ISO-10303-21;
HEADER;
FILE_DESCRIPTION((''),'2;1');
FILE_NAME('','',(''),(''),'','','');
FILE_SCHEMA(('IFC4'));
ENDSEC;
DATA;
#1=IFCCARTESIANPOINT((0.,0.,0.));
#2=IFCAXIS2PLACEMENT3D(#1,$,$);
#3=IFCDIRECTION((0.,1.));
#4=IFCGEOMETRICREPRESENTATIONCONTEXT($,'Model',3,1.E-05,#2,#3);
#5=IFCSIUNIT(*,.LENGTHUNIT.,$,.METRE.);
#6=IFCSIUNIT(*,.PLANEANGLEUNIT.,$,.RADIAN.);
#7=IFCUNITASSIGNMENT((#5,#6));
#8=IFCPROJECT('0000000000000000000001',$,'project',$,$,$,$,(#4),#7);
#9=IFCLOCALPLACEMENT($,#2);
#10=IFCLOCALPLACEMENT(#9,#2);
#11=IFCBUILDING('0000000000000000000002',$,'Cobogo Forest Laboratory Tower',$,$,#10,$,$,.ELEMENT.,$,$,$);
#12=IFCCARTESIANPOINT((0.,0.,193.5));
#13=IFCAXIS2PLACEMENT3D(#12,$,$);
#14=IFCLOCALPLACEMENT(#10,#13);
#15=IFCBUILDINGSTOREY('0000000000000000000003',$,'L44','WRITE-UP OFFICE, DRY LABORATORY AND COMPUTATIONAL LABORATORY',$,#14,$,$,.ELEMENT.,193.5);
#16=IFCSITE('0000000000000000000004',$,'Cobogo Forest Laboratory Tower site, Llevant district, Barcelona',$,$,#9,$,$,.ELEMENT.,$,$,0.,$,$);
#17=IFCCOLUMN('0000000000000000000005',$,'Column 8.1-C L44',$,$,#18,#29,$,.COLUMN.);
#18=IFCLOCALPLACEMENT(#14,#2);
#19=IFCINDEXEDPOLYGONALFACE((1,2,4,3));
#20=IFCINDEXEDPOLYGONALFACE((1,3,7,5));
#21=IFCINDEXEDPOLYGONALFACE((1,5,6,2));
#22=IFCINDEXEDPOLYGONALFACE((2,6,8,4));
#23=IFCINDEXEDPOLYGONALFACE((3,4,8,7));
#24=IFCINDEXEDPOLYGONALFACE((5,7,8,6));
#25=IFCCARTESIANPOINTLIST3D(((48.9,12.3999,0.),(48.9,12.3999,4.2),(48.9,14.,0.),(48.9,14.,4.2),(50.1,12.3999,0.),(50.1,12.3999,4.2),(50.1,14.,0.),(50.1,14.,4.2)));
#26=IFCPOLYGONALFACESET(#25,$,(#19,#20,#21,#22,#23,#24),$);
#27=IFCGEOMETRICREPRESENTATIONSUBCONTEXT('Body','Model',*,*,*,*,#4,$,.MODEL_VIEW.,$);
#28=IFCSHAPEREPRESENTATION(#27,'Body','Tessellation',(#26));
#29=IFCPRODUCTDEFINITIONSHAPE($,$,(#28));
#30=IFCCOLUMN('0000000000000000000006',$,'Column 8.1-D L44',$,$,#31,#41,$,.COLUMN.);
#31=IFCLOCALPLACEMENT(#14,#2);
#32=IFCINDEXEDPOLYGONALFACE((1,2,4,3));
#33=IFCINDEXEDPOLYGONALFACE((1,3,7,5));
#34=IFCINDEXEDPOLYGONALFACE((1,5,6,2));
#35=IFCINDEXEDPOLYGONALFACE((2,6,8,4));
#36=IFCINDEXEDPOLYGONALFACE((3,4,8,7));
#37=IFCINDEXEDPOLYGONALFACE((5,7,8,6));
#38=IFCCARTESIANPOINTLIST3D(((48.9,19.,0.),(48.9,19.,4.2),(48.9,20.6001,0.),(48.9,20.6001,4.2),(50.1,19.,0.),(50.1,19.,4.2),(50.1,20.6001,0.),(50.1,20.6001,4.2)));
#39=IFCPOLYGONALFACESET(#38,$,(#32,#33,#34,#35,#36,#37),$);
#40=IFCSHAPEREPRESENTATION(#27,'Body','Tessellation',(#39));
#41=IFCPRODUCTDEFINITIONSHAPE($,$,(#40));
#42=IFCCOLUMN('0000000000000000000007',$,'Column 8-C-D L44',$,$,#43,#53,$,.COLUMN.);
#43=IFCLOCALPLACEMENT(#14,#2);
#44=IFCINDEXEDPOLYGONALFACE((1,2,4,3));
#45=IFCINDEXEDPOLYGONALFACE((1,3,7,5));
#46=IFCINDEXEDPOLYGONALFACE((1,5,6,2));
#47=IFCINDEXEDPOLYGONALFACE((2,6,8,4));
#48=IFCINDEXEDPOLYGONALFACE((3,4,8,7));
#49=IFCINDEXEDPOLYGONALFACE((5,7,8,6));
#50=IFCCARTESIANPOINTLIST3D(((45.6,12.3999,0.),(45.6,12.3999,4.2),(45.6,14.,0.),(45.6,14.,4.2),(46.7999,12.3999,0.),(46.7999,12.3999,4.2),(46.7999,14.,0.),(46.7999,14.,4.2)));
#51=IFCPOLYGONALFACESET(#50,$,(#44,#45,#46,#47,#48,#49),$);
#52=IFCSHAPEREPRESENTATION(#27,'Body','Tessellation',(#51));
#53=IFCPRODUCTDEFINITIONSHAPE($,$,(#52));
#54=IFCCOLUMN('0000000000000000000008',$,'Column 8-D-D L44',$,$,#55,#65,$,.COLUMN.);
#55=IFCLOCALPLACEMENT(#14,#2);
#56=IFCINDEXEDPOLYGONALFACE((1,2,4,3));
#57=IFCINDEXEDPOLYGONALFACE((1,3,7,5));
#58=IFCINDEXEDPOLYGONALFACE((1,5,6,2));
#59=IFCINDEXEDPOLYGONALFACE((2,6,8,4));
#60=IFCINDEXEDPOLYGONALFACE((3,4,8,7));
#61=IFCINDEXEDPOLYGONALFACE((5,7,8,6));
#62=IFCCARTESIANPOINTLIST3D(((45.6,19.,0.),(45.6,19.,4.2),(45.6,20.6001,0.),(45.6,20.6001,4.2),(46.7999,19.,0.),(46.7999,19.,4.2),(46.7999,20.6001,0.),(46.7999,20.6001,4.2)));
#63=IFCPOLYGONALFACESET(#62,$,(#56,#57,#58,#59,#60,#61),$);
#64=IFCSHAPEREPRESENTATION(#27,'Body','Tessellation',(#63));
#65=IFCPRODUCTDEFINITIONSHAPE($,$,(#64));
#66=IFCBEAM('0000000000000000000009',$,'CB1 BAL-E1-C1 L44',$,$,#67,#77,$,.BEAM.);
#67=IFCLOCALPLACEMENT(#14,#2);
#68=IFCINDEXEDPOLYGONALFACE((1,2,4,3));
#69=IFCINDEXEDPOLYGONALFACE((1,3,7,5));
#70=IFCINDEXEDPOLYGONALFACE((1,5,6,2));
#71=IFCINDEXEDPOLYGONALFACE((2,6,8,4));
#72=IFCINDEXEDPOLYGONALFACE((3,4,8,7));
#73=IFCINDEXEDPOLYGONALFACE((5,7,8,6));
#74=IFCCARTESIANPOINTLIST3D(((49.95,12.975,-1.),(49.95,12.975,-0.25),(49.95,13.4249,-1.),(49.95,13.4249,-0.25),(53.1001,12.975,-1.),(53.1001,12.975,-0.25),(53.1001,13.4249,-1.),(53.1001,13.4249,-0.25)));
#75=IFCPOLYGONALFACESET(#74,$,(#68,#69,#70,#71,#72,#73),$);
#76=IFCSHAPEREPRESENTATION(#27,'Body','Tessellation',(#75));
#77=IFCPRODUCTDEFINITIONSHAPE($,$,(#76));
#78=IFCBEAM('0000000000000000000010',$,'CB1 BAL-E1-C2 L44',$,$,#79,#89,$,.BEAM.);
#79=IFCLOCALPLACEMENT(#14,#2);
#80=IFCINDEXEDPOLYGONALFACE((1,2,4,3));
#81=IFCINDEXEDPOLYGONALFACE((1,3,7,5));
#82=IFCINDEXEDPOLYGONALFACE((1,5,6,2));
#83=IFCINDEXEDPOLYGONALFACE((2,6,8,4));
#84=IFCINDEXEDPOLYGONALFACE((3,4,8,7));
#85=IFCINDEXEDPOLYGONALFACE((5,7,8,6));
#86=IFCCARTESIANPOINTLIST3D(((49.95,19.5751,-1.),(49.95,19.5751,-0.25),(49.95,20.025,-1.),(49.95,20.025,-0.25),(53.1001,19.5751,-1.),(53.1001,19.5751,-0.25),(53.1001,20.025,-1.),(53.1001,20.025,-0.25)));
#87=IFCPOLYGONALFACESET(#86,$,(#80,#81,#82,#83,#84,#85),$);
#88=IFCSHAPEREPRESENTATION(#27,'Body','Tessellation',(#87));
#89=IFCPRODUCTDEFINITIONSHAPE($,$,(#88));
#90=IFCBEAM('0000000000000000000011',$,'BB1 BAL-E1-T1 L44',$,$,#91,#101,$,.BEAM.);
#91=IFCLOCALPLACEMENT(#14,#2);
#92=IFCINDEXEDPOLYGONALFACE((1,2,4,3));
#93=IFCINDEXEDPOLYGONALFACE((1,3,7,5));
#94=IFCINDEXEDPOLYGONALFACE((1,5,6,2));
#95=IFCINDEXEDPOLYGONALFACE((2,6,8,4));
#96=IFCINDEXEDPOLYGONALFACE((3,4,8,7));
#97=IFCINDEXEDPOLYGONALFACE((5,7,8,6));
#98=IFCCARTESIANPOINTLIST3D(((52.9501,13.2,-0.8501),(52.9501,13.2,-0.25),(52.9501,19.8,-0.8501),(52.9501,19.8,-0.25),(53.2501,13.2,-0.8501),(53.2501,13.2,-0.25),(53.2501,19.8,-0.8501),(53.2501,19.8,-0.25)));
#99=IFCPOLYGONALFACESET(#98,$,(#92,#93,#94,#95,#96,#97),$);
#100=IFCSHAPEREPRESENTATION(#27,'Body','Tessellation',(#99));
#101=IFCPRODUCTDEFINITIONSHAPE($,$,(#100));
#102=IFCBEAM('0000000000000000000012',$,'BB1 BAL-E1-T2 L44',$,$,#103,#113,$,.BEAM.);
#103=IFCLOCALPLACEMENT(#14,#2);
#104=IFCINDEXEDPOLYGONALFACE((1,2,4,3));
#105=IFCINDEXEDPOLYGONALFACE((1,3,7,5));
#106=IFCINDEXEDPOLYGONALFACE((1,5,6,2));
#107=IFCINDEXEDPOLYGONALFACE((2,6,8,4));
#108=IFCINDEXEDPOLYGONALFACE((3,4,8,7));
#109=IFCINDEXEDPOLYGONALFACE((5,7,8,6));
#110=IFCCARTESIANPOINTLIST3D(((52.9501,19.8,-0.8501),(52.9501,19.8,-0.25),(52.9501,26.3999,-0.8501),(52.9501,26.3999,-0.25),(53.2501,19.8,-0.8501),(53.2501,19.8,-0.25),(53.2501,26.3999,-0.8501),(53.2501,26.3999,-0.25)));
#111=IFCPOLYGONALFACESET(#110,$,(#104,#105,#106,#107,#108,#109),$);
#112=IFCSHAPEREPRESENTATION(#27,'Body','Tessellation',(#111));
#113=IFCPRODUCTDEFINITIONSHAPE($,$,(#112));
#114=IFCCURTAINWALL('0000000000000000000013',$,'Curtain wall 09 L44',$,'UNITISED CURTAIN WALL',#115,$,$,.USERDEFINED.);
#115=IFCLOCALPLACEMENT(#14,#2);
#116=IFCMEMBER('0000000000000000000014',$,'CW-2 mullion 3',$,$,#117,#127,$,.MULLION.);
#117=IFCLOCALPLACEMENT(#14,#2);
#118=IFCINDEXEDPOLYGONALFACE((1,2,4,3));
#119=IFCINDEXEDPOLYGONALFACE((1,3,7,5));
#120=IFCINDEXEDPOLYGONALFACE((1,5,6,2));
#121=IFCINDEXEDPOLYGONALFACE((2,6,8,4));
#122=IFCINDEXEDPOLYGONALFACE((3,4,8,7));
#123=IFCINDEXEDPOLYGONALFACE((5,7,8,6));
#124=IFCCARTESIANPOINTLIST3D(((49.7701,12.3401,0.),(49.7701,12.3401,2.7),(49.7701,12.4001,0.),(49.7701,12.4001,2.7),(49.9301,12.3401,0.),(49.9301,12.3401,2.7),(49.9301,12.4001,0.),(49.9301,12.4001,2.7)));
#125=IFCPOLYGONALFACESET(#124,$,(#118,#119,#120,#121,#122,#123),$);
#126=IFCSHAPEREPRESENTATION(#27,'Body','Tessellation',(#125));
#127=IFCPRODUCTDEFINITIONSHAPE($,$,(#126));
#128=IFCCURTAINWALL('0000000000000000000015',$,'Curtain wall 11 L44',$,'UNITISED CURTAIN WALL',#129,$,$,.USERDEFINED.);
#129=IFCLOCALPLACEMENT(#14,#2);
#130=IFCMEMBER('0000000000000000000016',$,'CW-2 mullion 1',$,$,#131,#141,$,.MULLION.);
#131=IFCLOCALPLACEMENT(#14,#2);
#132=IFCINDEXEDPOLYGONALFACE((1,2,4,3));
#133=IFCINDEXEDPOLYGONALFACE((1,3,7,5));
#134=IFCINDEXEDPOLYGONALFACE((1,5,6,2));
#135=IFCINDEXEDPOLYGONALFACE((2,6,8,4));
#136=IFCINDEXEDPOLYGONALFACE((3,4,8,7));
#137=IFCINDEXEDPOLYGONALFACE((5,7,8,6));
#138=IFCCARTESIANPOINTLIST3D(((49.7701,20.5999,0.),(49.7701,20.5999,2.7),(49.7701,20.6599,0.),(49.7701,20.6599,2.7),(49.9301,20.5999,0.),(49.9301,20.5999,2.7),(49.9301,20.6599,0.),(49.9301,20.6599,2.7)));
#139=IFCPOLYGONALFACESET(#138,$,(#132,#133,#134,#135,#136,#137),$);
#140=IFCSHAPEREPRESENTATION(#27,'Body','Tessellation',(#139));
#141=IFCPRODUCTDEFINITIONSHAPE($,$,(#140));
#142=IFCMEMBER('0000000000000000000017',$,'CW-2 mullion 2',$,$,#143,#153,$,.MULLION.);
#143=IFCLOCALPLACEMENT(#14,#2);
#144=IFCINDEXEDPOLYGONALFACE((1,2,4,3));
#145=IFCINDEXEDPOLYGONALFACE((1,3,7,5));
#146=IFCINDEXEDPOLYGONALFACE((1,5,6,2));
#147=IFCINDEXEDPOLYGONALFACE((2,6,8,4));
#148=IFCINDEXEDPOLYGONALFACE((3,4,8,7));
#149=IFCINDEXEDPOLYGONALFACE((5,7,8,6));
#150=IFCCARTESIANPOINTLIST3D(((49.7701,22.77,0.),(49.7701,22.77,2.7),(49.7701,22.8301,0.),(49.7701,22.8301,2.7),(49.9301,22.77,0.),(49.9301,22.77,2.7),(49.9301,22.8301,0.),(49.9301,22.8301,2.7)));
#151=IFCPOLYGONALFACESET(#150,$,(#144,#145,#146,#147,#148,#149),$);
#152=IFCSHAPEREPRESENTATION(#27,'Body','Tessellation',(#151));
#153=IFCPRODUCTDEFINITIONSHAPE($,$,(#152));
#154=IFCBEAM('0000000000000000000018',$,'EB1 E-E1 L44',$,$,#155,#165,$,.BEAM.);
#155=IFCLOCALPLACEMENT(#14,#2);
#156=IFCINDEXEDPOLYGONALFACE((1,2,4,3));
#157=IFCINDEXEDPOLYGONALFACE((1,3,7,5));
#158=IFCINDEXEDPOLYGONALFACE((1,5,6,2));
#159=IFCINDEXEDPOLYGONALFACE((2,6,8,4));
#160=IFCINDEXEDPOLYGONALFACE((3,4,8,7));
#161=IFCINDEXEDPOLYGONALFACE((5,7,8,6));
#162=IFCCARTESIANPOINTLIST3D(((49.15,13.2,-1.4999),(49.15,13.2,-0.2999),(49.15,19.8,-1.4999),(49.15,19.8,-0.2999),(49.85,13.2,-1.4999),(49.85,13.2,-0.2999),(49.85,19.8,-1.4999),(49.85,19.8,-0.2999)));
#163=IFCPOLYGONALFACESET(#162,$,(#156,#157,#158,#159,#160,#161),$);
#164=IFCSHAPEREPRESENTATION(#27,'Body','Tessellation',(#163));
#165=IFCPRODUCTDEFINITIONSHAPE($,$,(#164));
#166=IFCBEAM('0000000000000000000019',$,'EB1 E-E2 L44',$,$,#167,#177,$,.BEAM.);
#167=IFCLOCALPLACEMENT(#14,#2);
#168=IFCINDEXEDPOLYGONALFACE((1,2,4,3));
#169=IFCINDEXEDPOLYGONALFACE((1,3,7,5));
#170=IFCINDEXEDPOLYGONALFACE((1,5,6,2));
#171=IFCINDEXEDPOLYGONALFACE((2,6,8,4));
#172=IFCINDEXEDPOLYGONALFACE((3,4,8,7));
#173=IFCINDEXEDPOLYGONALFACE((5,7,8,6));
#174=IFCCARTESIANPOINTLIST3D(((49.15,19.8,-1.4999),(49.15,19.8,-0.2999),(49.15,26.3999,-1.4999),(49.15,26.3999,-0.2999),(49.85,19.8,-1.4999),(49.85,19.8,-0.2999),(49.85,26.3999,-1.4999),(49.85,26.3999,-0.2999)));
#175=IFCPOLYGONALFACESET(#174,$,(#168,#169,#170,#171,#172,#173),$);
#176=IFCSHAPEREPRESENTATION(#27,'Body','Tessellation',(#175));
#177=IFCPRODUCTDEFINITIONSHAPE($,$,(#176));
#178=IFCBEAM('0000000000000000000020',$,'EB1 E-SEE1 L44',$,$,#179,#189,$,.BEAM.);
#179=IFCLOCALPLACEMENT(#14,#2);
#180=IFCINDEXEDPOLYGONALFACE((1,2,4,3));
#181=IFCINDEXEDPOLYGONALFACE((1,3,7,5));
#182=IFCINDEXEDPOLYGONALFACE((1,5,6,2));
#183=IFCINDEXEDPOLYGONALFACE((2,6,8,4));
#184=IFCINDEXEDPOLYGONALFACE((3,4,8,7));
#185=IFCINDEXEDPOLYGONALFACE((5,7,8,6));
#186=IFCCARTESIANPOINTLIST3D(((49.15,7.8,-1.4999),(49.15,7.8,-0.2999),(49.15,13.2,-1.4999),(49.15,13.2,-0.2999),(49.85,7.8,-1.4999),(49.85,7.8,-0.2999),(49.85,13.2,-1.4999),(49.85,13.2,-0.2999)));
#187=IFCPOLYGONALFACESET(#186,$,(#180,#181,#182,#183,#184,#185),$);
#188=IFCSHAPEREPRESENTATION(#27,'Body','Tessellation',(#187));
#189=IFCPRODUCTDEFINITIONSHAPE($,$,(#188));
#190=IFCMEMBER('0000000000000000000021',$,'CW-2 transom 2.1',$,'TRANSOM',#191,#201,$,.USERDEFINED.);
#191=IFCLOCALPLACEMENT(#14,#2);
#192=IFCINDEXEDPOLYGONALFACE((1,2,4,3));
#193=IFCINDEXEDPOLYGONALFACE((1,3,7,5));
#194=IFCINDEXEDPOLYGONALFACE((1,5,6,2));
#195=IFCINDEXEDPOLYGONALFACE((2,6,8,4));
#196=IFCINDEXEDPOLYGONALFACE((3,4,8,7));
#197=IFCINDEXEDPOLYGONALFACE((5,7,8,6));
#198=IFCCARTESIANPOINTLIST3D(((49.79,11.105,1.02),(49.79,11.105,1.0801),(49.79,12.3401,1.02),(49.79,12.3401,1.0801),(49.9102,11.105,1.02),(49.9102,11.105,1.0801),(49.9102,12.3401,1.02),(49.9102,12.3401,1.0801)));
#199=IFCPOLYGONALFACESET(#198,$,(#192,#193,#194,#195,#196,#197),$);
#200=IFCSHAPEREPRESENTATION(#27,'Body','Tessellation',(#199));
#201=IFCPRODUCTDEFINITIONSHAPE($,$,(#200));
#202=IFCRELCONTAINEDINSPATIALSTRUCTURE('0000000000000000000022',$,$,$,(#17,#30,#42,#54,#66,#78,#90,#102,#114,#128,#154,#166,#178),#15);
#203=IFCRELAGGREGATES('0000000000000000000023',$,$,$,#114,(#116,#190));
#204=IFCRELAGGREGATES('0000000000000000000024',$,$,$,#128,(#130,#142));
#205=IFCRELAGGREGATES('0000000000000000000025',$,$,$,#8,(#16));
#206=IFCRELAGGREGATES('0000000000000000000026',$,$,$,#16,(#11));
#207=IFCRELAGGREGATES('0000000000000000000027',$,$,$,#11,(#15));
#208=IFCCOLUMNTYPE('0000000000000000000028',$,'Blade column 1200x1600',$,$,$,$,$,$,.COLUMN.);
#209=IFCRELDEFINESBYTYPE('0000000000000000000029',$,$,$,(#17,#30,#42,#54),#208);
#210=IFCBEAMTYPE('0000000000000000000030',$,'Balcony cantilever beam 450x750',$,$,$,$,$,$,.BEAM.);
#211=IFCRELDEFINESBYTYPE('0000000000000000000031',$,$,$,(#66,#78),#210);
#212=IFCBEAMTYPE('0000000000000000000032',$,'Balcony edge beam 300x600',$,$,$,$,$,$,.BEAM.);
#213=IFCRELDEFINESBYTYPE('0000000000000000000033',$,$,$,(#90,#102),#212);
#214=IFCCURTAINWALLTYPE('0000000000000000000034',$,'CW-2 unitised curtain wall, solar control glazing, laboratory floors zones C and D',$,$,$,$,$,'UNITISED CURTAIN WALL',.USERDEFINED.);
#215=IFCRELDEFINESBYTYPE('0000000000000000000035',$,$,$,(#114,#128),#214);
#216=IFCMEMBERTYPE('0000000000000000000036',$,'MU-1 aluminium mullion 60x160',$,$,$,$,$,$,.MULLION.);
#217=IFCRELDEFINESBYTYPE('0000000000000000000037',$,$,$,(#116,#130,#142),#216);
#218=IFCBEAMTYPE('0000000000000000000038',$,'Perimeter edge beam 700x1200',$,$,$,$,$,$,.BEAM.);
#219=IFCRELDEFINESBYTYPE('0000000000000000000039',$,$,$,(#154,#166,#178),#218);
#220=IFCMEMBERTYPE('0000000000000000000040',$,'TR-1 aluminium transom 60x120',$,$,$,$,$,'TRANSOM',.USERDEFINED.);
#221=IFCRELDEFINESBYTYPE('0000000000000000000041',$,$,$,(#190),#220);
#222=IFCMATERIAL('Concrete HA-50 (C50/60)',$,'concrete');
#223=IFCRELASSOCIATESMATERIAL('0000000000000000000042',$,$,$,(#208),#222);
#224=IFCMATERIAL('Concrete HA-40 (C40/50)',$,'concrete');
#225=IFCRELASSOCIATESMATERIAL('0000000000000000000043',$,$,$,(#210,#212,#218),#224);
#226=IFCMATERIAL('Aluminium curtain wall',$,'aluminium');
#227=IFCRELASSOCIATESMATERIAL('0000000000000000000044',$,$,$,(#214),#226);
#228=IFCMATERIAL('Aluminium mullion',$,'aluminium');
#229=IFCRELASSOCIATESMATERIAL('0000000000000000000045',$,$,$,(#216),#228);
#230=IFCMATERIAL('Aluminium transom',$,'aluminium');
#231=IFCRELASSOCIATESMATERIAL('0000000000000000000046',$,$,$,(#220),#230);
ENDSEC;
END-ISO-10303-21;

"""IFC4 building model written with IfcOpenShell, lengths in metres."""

from ifc_helpers import new_model, si_unit, direction, frame, origin, origin_2d, place, context, subcontext, project, spatial, rectangle, extrude, material, material_profile, profile_set, type_object, element, aggregate, save


model = new_model("IFC4")

# Units and contexts
model_context = context("Model", 3, precision=1e-05, world=origin(), true_north=direction((0.0, 1.0)))
body_context = subcontext(model_context, "Body", "Model", "MODEL_VIEW")
ifc_project = project(units=[si_unit("LENGTHUNIT", "METRE"), si_unit("PLANEANGLEUNIT", "RADIAN")], contexts=[model_context])

# Site, building, storey
site_placement = place(None, origin())
site = spatial("IfcSite", under=ifc_project, at=site_placement, Name="Cobogo Forest Laboratory Tower site, Llevant district, Barcelona", CompositionType="ELEMENT", RefElevation=0.0)
building_placement = place(site_placement, origin())
building = spatial("IfcBuilding", under=site, at=building_placement, Name="Cobogo Forest Laboratory Tower", CompositionType="ELEMENT")
storey_placement = place(building_placement, frame((0.0, 0.0, 193.5)))
storey = spatial("IfcBuildingStorey", under=building, at=storey_placement, Name="L44", Description="WRITE-UP OFFICE, DRY LABORATORY AND COMPUTATIONAL LABORATORY", CompositionType="ELEMENT", Elevation=193.5)

# Columns
ifc_material_1 = material(Name="Concrete HA-50 (C50/60)", Category="concrete")
ifc_material_profile_1 = material_profile(ifc_material_1, rectangle(XDim=1.6001, YDim=1.2, at=origin_2d()), Name="RC 1200x1600")
ifc_profile_set_1 = profile_set([ifc_material_profile_1], Name="Concrete HA-50 (C50/60)")
column_type = type_object("IfcColumnType", Name="Blade column 1200x1600", PredefinedType="COLUMN", material=ifc_profile_set_1)
for number, where, z_axis, x_axis, name in (
    (1, (49.5, 13.2, 0.0), (0.0, 0.0, 1.0), (0.0, 1.0, 0.0), "Column 8.1-C L44"),
    (2, (49.5, 19.8, 0.0), (0.0, 0.0, 1.0), (0.0, 1.0, 0.0), "Column 8.1-D L44"),
    (3, (46.2, 13.2, 0.0), (0.0, 0.0, 1.0), (0.0, 1.0, 0.0), "Column 8-C-D L44"),
    (4, (46.2, 19.8, 0.0), (0.0, 0.0, 1.0), (0.0, 1.0, 0.0), "Column 8-D-D L44"),
):
    element("IfcColumn", number, at=place(storey_placement, frame(where, z_axis=z_axis, x_axis=x_axis)), inside=storey, type_object=column_type, Name=name, PredefinedType="COLUMN", context=body_context, shape_type="SweptSolid", body=[
        extrude(rectangle(XDim=1.6001, YDim=1.2, at=origin_2d()), origin(), (0.0, 0.0, 1.0), 4.2),
    ])

# Beams
ifc_material_2 = material(Name="Concrete HA-40 (C40/50)", Category="concrete")
ifc_material_profile_2 = material_profile(ifc_material_2, rectangle(XDim=0.45, YDim=0.75, at=origin_2d()), Name="RC 450x750")
ifc_profile_set_2 = profile_set([ifc_material_profile_2], Name="Concrete HA-40 (C40/50)")
beam_type_1 = type_object("IfcBeamType", Name="Balcony cantilever beam 450x750", PredefinedType="BEAM", material=ifc_profile_set_2)
for number, where, z_axis, x_axis, name in (
    (5, (49.95, 13.2, -0.625), (1.0, 0.0, 0.0), (0.0, 1.0, 0.0), "CB1 BAL-E1-C1 L44"),
    (6, (49.95, 19.8, -0.625), (1.0, 0.0, 0.0), (0.0, 1.0, 0.0), "CB1 BAL-E1-C2 L44"),
):
    element("IfcBeam", number, at=place(storey_placement, frame(where, z_axis=z_axis, x_axis=x_axis)), inside=storey, type_object=beam_type_1, Name=name, PredefinedType="BEAM", context=body_context, shape_type="SweptSolid", body=[
        extrude(rectangle(XDim=0.45, YDim=0.75, at=origin_2d()), origin(), (0.0, 0.0, 1.0), 3.1501),
    ])
ifc_material_profile_3 = material_profile(ifc_material_2, rectangle(XDim=0.3, YDim=0.6001, at=origin_2d()), Name="RC 300x600")
ifc_profile_set_3 = profile_set([ifc_material_profile_3], Name="Concrete HA-40 (C40/50)")
beam_type_2 = type_object("IfcBeamType", Name="Balcony edge beam 300x600", PredefinedType="BEAM", material=ifc_profile_set_3)
beam_1_placement = place(storey_placement, frame((53.1001, 13.2, -0.55), z_axis=(0.0, 1.0, 0.0), x_axis=(-1.0, 0.0, 0.0)))
element("IfcBeam", 7, at=beam_1_placement, inside=storey, type_object=beam_type_2, Name="BB1 BAL-E1-T1 L44", PredefinedType="BEAM", context=body_context, shape_type="SweptSolid", body=[
    extrude(rectangle(XDim=0.3, YDim=0.6001, at=origin_2d()), origin(), (0.0, 0.0, 1.0), 6.6001),
])
beam_2_placement = place(storey_placement, frame((53.1001, 19.8, -0.55), z_axis=(0.0, 1.0, 0.0), x_axis=(-1.0, 0.0, 0.0)))
element("IfcBeam", 8, at=beam_2_placement, inside=storey, type_object=beam_type_2, Name="BB1 BAL-E1-T2 L44", PredefinedType="BEAM", context=body_context, shape_type="SweptSolid", body=[
    extrude(rectangle(XDim=0.3, YDim=0.6001, at=origin_2d()), origin(), (0.0, 0.0, 1.0), 6.5999),
])

# Curtain wall, member
ifc_material_3 = material(Name="Aluminium curtain wall", Category="aluminium")
curtain_wall_type = type_object("IfcCurtainWallType", Name="CW-2 unitised curtain wall, solar control glazing, laboratory floors zones C and D", ElementType="UNITISED CURTAIN WALL", PredefinedType="USERDEFINED", material=ifc_material_3)
curtain_wall_1_placement = place(storey_placement, origin())
curtain_wall_1 = element("IfcCurtainWall", 9, at=curtain_wall_1_placement, inside=storey, type_object=curtain_wall_type, Name="Curtain wall 09 L44", ObjectType="UNITISED CURTAIN WALL", PredefinedType="USERDEFINED")
ifc_material_4 = material(Name="Aluminium mullion", Category="aluminium")
ifc_material_profile_4 = material_profile(ifc_material_4, rectangle(XDim=0.0601, YDim=0.1599, at=origin_2d()), Name="AL 60x160")
ifc_profile_set_4 = profile_set([ifc_material_profile_4], Name="Aluminium mullion")
member_type_1 = type_object("IfcMemberType", Name="MU-1 aluminium mullion 60x160", PredefinedType="MULLION", material=ifc_profile_set_4)
member_1_placement = place(storey_placement, frame((49.8501, 12.3701, 0.0), z_axis=(0.0, 0.0, 1.0), x_axis=(0.0, 1.0, 0.0)))
member_1 = element("IfcMember", 10, at=member_1_placement, type_object=member_type_1, Name="CW-2 mullion 3", PredefinedType="MULLION", context=body_context, shape_type="SweptSolid", body=[
    extrude(rectangle(XDim=0.0601, YDim=0.1599, at=origin_2d()), origin(), (0.0, 0.0, 1.0), 2.7),
])

# Curtain wall, members
curtain_wall_2_placement = place(storey_placement, origin())
curtain_wall_2 = element("IfcCurtainWall", 11, at=curtain_wall_2_placement, inside=storey, type_object=curtain_wall_type, Name="Curtain wall 11 L44", ObjectType="UNITISED CURTAIN WALL", PredefinedType="USERDEFINED")
member_2_placement = place(storey_placement, frame((49.8501, 20.6299, 0.0), z_axis=(0.0, 0.0, 1.0), x_axis=(0.0, 1.0, 0.0)))
member_2 = element("IfcMember", 12, at=member_2_placement, type_object=member_type_1, Name="CW-2 mullion 1", PredefinedType="MULLION", context=body_context, shape_type="SweptSolid", body=[
    extrude(rectangle(XDim=0.0601, YDim=0.1599, at=origin_2d()), origin(), (0.0, 0.0, 1.0), 2.7),
])
member_3_placement = place(storey_placement, frame((49.8501, 22.8, 0.0), z_axis=(0.0, 0.0, 1.0), x_axis=(0.0, 1.0, 0.0)))
member_3 = element("IfcMember", 13, at=member_3_placement, type_object=member_type_1, Name="CW-2 mullion 2", PredefinedType="MULLION", context=body_context, shape_type="SweptSolid", body=[
    extrude(rectangle(XDim=0.0601, YDim=0.1599, at=origin_2d()), origin(), (0.0, 0.0, 1.0), 2.7),
])

# Beams
ifc_material_profile_5 = material_profile(ifc_material_2, rectangle(XDim=0.7, YDim=1.2, at=origin_2d()), Name="RC 700x1200")
ifc_profile_set_5 = profile_set([ifc_material_profile_5], Name="Concrete HA-40 (C40/50)")
beam_type_3 = type_object("IfcBeamType", Name="Perimeter edge beam 700x1200", PredefinedType="BEAM", material=ifc_profile_set_5)
beam_3_placement = place(storey_placement, frame((49.5, 13.2, -0.8999), z_axis=(0.0, 1.0, 0.0), x_axis=(-1.0, 0.0, 0.0)))
element("IfcBeam", 14, at=beam_3_placement, inside=storey, type_object=beam_type_3, Name="EB1 E-E1 L44", PredefinedType="BEAM", context=body_context, shape_type="SweptSolid", body=[
    extrude(rectangle(XDim=0.7, YDim=1.2, at=origin_2d()), origin(), (0.0, 0.0, 1.0), 6.6001),
])
beam_4_placement = place(storey_placement, frame((49.5, 19.8, -0.8999), z_axis=(0.0, 1.0, 0.0), x_axis=(-1.0, 0.0, 0.0)))
element("IfcBeam", 15, at=beam_4_placement, inside=storey, type_object=beam_type_3, Name="EB1 E-E2 L44", PredefinedType="BEAM", context=body_context, shape_type="SweptSolid", body=[
    extrude(rectangle(XDim=0.7, YDim=1.2, at=origin_2d()), origin(), (0.0, 0.0, 1.0), 6.5999),
])
beam_5_placement = place(storey_placement, frame((49.5, 13.2, -0.8999), z_axis=(0.0, -1.0, 0.0), x_axis=(1.0, 0.0, 0.0)))
element("IfcBeam", 16, at=beam_5_placement, inside=storey, type_object=beam_type_3, Name="EB1 E-SEE1 L44", PredefinedType="BEAM", context=body_context, shape_type="SweptSolid", body=[
    extrude(rectangle(XDim=0.7, YDim=1.2, at=origin_2d()), origin(), (0.0, 0.0, 1.0), 5.3999),
])

# Member
ifc_material_5 = material(Name="Aluminium transom", Category="aluminium")
ifc_material_profile_6 = material_profile(ifc_material_5, rectangle(XDim=0.1201, YDim=0.0601, at=origin_2d()), Name="AL 60x120")
ifc_profile_set_6 = profile_set([ifc_material_profile_6], Name="Aluminium transom")
member_type_2 = type_object("IfcMemberType", Name="TR-1 aluminium transom 60x120", ElementType="TRANSOM", PredefinedType="USERDEFINED", material=ifc_profile_set_6)
member_4_placement = place(storey_placement, frame((49.8501, 11.105, 1.05), z_axis=(0.0, 1.0, 0.0), x_axis=(-1.0, 0.0, 0.0)))
member_4 = element("IfcMember", 17, at=member_4_placement, type_object=member_type_2, Name="CW-2 transom 2.1", ObjectType="TRANSOM", PredefinedType="USERDEFINED", context=body_context, shape_type="SweptSolid", body=[
    extrude(rectangle(XDim=0.1201, YDim=0.0601, at=origin_2d()), origin(), (0.0, 0.0, 1.0), 1.2351),
])

aggregate(curtain_wall_1, [member_1, member_4])
aggregate(curtain_wall_2, [member_2, member_3])

save(model, "model.ifc")
